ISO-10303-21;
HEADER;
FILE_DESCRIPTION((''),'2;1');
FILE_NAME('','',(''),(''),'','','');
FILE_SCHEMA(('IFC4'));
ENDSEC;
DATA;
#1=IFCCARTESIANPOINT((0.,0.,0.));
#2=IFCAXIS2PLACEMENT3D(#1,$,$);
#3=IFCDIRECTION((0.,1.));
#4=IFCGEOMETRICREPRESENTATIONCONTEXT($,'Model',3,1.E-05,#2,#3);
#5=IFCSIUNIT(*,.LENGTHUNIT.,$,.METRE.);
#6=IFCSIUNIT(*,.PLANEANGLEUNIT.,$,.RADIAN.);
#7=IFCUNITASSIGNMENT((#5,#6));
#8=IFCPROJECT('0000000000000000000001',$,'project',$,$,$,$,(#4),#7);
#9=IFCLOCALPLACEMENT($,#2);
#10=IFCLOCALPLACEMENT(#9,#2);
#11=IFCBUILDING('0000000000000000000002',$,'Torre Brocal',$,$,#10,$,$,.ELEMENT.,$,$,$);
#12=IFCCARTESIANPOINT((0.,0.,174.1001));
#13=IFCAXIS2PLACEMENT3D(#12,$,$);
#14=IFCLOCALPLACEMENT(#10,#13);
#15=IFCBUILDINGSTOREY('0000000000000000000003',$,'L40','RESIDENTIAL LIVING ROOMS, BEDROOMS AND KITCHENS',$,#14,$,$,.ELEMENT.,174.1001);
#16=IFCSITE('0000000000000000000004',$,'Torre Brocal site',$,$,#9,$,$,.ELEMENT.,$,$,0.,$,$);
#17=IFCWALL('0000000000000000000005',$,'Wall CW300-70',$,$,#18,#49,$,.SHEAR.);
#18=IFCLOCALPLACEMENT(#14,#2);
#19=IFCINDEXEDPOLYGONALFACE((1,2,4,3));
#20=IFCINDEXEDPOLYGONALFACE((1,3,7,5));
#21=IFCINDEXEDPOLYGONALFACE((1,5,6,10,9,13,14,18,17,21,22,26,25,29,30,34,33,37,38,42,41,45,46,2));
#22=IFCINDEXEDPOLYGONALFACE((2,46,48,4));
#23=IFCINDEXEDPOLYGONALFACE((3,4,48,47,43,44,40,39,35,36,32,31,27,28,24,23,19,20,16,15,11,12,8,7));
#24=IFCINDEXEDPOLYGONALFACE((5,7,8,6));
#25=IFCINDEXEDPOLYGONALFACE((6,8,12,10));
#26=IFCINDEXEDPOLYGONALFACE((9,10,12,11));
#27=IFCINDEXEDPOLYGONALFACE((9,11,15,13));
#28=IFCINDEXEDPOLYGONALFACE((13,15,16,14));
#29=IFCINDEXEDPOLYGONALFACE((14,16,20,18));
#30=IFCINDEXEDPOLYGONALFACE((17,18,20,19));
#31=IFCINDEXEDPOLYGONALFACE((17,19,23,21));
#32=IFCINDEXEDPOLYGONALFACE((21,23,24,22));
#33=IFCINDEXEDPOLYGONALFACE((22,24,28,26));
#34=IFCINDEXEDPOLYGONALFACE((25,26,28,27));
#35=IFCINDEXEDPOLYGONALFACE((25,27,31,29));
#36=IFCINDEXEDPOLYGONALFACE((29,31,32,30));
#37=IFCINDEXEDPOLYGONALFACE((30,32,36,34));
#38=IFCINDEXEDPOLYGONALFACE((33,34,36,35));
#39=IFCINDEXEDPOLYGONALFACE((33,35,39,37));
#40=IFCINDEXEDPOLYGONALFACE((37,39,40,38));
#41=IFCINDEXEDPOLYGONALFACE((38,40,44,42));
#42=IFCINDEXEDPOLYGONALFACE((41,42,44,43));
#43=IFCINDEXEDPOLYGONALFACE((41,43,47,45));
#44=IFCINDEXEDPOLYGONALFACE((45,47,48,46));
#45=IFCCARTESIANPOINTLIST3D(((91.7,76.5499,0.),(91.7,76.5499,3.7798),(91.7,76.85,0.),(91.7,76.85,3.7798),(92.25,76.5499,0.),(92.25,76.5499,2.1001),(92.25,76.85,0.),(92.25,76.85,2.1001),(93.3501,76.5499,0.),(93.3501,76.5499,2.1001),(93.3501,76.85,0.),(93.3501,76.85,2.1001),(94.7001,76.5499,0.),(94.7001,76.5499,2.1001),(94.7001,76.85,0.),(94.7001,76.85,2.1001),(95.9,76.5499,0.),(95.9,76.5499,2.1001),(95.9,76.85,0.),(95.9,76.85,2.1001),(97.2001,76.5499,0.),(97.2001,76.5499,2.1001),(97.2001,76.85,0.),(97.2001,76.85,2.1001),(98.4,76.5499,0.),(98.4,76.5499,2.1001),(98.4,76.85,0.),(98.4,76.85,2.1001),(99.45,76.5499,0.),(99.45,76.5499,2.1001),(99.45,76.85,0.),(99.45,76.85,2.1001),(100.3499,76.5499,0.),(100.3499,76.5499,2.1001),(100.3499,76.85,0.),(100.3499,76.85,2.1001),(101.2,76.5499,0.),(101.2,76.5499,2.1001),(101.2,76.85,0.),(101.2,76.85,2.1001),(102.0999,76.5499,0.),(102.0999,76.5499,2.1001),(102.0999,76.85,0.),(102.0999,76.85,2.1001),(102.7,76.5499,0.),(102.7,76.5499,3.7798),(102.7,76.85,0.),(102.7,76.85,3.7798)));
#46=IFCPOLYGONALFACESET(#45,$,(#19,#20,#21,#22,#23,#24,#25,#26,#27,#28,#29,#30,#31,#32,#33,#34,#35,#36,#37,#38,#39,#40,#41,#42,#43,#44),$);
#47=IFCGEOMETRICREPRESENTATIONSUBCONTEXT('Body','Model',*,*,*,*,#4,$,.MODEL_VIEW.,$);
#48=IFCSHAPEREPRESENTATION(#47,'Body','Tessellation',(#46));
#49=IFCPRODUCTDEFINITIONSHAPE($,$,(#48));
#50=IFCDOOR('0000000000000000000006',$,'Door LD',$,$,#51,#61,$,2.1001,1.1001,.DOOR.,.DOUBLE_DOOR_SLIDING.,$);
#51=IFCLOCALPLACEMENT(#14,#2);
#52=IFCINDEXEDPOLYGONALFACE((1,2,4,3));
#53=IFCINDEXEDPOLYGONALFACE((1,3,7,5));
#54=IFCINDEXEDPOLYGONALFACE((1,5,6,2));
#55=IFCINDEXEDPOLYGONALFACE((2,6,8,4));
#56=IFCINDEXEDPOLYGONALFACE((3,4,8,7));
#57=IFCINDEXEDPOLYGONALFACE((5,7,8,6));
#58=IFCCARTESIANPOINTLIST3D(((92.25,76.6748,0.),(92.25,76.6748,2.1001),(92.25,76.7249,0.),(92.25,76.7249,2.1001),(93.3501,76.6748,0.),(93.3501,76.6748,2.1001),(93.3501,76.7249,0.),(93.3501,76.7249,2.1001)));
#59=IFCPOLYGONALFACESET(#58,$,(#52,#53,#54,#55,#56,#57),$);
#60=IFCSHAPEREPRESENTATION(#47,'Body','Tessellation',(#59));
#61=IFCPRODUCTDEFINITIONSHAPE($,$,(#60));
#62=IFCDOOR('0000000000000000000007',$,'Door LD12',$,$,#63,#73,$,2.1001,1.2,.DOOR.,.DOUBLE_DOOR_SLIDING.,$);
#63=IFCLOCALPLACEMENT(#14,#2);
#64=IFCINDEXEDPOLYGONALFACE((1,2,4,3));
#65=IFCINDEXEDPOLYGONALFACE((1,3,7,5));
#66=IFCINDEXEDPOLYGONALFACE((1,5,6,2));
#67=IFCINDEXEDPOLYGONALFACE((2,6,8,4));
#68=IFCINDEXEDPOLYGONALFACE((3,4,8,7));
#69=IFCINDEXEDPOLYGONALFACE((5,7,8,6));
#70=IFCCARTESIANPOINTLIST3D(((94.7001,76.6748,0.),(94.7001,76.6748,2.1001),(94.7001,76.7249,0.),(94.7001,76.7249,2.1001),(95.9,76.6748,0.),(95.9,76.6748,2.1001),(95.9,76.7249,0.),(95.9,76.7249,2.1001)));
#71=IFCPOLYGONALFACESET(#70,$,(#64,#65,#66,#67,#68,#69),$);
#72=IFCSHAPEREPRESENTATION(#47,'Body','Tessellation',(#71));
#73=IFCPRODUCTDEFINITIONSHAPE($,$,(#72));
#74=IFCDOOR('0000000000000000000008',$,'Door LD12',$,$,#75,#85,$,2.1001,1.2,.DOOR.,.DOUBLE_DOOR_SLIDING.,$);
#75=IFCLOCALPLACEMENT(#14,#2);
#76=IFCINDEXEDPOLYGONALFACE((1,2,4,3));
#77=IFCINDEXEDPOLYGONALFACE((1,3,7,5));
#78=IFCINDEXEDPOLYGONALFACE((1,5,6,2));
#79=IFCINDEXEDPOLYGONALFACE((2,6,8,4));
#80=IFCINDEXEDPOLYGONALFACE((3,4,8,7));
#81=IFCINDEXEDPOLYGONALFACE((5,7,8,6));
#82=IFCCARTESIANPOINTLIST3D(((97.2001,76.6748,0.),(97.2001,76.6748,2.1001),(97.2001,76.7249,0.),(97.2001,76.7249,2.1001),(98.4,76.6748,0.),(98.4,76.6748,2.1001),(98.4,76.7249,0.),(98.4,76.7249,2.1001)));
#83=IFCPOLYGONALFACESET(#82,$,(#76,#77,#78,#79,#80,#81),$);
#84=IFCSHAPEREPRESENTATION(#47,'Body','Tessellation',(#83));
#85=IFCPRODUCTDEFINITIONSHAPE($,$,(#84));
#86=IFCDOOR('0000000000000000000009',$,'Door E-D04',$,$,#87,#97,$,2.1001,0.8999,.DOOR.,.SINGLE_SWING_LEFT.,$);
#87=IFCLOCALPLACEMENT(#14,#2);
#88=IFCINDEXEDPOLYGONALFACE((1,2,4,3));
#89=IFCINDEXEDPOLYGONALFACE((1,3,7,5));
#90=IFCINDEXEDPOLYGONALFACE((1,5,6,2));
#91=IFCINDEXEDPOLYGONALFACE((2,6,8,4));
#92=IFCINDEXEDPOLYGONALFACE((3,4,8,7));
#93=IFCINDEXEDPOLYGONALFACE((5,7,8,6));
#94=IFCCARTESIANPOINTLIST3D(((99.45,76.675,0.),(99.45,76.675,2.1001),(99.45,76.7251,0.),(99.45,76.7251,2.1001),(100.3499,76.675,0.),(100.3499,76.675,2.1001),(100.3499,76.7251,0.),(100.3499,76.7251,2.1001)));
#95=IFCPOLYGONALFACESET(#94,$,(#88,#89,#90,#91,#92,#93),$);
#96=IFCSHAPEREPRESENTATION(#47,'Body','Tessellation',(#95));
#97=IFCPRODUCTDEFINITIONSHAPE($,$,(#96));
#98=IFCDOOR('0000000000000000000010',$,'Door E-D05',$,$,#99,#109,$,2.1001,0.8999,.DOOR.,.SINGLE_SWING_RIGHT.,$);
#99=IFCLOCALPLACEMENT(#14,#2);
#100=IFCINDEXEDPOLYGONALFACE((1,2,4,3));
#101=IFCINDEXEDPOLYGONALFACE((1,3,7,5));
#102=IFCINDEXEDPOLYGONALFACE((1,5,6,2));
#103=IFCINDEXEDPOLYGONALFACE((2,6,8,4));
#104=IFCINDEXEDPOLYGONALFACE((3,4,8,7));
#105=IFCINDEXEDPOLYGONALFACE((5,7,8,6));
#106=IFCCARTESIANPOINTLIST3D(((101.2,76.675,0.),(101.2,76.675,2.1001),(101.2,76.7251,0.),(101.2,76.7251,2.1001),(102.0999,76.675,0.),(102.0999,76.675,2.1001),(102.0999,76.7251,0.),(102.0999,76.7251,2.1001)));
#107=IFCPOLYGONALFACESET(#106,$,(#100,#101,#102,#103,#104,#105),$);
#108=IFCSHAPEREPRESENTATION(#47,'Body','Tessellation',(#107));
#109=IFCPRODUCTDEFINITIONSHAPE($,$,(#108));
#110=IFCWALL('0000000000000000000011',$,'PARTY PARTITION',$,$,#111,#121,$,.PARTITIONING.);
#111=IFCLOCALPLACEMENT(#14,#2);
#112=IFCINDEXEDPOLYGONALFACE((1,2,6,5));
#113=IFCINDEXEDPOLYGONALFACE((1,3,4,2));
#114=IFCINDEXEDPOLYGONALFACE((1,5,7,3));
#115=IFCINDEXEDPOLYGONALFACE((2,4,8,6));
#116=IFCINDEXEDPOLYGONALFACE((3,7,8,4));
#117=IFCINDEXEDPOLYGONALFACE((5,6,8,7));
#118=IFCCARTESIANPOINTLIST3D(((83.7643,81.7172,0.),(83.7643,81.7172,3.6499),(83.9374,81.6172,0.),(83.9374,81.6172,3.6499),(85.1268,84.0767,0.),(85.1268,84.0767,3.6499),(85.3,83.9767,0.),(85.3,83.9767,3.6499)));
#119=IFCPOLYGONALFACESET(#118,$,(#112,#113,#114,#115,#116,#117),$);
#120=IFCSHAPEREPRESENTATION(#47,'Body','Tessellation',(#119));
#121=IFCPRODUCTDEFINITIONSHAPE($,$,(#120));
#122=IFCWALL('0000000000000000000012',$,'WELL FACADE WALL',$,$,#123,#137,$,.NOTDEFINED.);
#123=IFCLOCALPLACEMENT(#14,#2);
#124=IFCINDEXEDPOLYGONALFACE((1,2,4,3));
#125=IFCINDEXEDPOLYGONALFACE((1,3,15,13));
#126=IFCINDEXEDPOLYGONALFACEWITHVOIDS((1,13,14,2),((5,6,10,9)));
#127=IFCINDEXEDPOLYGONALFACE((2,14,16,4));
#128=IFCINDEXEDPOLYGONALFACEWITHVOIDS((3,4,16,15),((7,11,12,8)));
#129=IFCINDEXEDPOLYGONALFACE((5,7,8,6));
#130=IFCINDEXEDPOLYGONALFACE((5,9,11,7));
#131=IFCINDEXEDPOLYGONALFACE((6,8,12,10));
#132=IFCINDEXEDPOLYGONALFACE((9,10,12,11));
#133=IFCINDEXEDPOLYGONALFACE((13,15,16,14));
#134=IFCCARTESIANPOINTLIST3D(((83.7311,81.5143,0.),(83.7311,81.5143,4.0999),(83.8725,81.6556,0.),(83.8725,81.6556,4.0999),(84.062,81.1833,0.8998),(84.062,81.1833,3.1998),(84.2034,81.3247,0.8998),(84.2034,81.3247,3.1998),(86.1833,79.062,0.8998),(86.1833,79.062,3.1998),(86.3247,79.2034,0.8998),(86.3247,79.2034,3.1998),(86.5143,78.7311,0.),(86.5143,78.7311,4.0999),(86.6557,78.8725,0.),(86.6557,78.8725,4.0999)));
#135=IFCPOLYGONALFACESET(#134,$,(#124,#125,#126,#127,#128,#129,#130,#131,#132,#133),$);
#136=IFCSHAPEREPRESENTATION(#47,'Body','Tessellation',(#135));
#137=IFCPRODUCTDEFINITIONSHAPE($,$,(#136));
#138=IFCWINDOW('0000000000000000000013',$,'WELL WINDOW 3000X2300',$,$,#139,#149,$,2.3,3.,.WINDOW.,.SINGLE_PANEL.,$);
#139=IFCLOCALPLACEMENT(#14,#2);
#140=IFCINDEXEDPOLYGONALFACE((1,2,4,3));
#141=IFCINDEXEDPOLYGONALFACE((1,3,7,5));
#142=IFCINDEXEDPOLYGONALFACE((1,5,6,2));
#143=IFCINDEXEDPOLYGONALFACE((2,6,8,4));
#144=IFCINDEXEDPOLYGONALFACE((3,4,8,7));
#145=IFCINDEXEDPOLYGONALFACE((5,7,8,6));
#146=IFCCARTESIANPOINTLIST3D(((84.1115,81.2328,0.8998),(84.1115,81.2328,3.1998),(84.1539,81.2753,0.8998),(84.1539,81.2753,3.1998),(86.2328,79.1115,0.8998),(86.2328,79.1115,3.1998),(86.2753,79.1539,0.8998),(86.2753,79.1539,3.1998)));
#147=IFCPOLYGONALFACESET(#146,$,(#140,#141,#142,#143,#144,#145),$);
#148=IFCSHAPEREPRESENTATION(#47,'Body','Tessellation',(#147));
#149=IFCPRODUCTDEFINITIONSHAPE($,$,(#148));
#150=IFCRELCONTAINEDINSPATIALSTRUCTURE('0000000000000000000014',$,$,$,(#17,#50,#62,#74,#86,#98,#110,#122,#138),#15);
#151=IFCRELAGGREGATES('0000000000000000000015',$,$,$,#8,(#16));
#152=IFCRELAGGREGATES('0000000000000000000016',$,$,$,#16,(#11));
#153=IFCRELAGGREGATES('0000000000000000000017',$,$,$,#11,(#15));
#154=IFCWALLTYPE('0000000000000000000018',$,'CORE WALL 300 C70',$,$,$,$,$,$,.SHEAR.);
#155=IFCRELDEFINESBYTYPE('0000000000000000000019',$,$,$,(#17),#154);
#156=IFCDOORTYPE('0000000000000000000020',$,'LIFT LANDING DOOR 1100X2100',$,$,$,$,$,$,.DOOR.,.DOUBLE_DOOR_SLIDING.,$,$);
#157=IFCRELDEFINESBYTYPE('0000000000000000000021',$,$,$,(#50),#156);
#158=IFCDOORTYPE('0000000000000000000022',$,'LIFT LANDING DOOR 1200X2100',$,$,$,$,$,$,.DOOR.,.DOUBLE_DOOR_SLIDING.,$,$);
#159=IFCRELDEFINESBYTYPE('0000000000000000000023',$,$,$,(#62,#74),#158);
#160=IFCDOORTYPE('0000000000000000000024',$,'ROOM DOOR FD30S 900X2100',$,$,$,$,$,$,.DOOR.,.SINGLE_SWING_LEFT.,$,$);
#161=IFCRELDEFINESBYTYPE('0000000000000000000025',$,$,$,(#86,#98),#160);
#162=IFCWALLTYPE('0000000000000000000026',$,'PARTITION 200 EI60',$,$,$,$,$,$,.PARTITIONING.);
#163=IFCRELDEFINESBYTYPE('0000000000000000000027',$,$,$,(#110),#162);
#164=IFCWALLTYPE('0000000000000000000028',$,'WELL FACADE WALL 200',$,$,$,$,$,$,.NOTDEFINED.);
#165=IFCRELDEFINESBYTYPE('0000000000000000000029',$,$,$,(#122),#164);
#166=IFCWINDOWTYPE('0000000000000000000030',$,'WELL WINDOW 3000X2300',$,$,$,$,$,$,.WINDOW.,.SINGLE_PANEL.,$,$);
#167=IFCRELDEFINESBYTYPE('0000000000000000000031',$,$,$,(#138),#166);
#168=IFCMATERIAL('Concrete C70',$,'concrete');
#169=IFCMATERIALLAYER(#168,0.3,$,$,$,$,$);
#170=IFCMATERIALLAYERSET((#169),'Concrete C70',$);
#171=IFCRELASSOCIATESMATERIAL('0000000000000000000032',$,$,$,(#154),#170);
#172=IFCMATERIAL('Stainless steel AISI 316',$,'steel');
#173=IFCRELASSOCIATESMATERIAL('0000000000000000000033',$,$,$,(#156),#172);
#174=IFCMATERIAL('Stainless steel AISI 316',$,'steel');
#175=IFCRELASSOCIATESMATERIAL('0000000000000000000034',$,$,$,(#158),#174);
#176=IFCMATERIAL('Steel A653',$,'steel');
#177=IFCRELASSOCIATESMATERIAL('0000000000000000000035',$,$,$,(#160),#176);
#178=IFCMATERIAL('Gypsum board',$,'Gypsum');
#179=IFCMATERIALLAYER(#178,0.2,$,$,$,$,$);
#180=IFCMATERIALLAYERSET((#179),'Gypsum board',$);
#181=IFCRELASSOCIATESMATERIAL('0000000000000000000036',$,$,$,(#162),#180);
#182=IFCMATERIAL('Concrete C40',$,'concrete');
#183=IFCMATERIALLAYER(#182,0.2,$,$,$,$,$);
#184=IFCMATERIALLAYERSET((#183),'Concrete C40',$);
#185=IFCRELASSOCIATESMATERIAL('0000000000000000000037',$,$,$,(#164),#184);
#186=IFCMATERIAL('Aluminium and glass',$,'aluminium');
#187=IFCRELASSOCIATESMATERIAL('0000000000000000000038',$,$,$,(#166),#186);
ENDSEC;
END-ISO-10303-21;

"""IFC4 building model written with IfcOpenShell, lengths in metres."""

from ifc_helpers import new_model, si_unit, direction, frame, frame_2d, origin, place, context, subcontext, project, spatial, rectangle, extrude, material, layer, layer_set, type_object, element, fill, save


model = new_model("IFC4")

# Units and contexts
model_context = context("Model", 3, precision=1e-05, world=origin(), true_north=direction((0.0, 1.0)))
body_context = subcontext(model_context, "Body", "Model", "MODEL_VIEW")
ifc_project = project(units=[si_unit("LENGTHUNIT", "METRE"), si_unit("PLANEANGLEUNIT", "RADIAN")], contexts=[model_context])

# Site, building, storey
site_placement = place(None, origin())
site = spatial("IfcSite", under=ifc_project, at=site_placement, Name="Torre Brocal site", CompositionType="ELEMENT", RefElevation=0.0)
building_placement = place(site_placement, origin())
building = spatial("IfcBuilding", under=site, at=building_placement, Name="Torre Brocal", CompositionType="ELEMENT")
storey_placement = place(building_placement, frame((0.0, 0.0, 174.1001)))
storey = spatial("IfcBuildingStorey", under=building, at=storey_placement, Name="L40", Description="RESIDENTIAL LIVING ROOMS, BEDROOMS AND KITCHENS", CompositionType="ELEMENT", Elevation=174.1001)

# Shared definitions
ifc_material_1 = material(Name="Concrete C70", Category="concrete")
ifc_layer_1 = layer(ifc_material_1, 0.3)
ifc_layer_set_1 = layer_set([ifc_layer_1], Name="Concrete C70")
wall_type_1 = type_object("IfcWallType", Name="CORE WALL 300 C70", PredefinedType="SHEAR", material=ifc_layer_set_1)

# Wall, openings, doors
wall_1_placement = place(storey_placement, frame((91.7, 76.7, 0.0), z_axis=(0.0, 0.0, 1.0), x_axis=(1.0, 0.0, 0.0)))
wall_1 = element("IfcWall", 1, at=wall_1_placement, inside=storey, type_object=wall_type_1, Name="Wall CW300-70", PredefinedType="SHEAR", context=body_context, shape_type="SweptSolid", body=[
    extrude(rectangle(XDim=11.0, YDim=0.3, at=frame_2d((5.5, 0.0))), origin(), (0.0, 0.0, 1.0), 3.7798),
])
opening_1_placement = place(wall_1_placement, frame((0.55, 0.0, 0.0)))
opening_1 = element("IfcOpeningElement", 2, at=opening_1_placement, cuts=wall_1, PredefinedType="OPENING", context=body_context, shape_type="SweptSolid", body=[
    extrude(rectangle(XDim=1.1001, YDim=2.1001, at=frame_2d((0.55, 1.05))), frame((0.0, 0.1599, 0.0), z_axis=(0.0, -1.0, 0.0), x_axis=(1.0, 0.0, 0.0)), (0.0, 0.0, 1.0), 0.3201),
])
opening_2_placement = place(wall_1_placement, frame((3.0, 0.0, 0.0)))
opening_2 = element("IfcOpeningElement", 3, at=opening_2_placement, cuts=wall_1, PredefinedType="OPENING", context=body_context, shape_type="SweptSolid", body=[
    extrude(rectangle(XDim=1.2, YDim=2.1001, at=frame_2d((0.6001, 1.05))), frame((0.0, 0.1599, 0.0), z_axis=(0.0, -1.0, 0.0), x_axis=(1.0, 0.0, 0.0)), (0.0, 0.0, 1.0), 0.3201),
])
opening_3_placement = place(wall_1_placement, frame((5.5, 0.0, 0.0)))
opening_3 = element("IfcOpeningElement", 4, at=opening_3_placement, cuts=wall_1, PredefinedType="OPENING", context=body_context, shape_type="SweptSolid", body=[
    extrude(rectangle(XDim=1.2, YDim=2.1001, at=frame_2d((0.6001, 1.05))), frame((0.0, 0.1599, 0.0), z_axis=(0.0, -1.0, 0.0), x_axis=(1.0, 0.0, 0.0)), (0.0, 0.0, 1.0), 0.3201),
])
opening_4_placement = place(wall_1_placement, frame((7.75, 0.0, 0.0)))
opening_4 = element("IfcOpeningElement", 5, at=opening_4_placement, cuts=wall_1, PredefinedType="OPENING", context=body_context, shape_type="SweptSolid", body=[
    extrude(rectangle(XDim=0.8999, YDim=2.1001, at=frame_2d((0.45, 1.05))), frame((0.0, 0.1599, 0.0), z_axis=(0.0, -1.0, 0.0), x_axis=(1.0, 0.0, 0.0)), (0.0, 0.0, 1.0), 0.3201),
])
opening_5_placement = place(wall_1_placement, frame((9.5, 0.0, 0.0)))
opening_5 = element("IfcOpeningElement", 6, at=opening_5_placement, cuts=wall_1, PredefinedType="OPENING", context=body_context, shape_type="SweptSolid", body=[
    extrude(rectangle(XDim=0.8999, YDim=2.1001, at=frame_2d((0.45, 1.05))), frame((0.0, 0.1599, 0.0), z_axis=(0.0, -1.0, 0.0), x_axis=(1.0, 0.0, 0.0)), (0.0, 0.0, 1.0), 0.3201),
])
ifc_material_2 = material(Name="Stainless steel AISI 316", Category="steel")
door_type_1 = type_object("IfcDoorType", Name="LIFT LANDING DOOR 1100X2100", OperationType="DOUBLE_DOOR_SLIDING", PredefinedType="DOOR", material=ifc_material_2)
door_1_placement = place(opening_1_placement, origin())
door_1 = element("IfcDoor", 7, at=door_1_placement, inside=storey, type_object=door_type_1, Name="Door LD", OperationType="DOUBLE_DOOR_SLIDING", OverallHeight=2.1001, OverallWidth=1.1001, PredefinedType="DOOR", context=body_context, shape_type="SweptSolid", body=[
    extrude(rectangle(XDim=1.1001, YDim=2.1001, at=frame_2d((0.55, 1.05))), frame((0.0, 0.0249, 0.0), z_axis=(0.0, -1.0, 0.0), x_axis=(1.0, 0.0, 0.0)), (0.0, 0.0, 1.0), 0.05),
])
fill(opening_1, door_1)
ifc_material_3 = material(Name="Stainless steel AISI 316", Category="steel")
door_type_2 = type_object("IfcDoorType", Name="LIFT LANDING DOOR 1200X2100", OperationType="DOUBLE_DOOR_SLIDING", PredefinedType="DOOR", material=ifc_material_3)
door_2_placement = place(opening_2_placement, origin())
door_2 = element("IfcDoor", 8, at=door_2_placement, inside=storey, type_object=door_type_2, Name="Door LD12", OperationType="DOUBLE_DOOR_SLIDING", OverallHeight=2.1001, OverallWidth=1.2, PredefinedType="DOOR", context=body_context, shape_type="SweptSolid", body=[
    extrude(rectangle(XDim=1.2, YDim=2.1001, at=frame_2d((0.6001, 1.05))), frame((0.0, 0.0249, 0.0), z_axis=(0.0, -1.0, 0.0), x_axis=(1.0, 0.0, 0.0)), (0.0, 0.0, 1.0), 0.05),
])
fill(opening_2, door_2)
door_3_placement = place(opening_3_placement, origin())
door_3 = element("IfcDoor", 9, at=door_3_placement, inside=storey, type_object=door_type_2, Name="Door LD12", OperationType="DOUBLE_DOOR_SLIDING", OverallHeight=2.1001, OverallWidth=1.2, PredefinedType="DOOR", context=body_context, shape_type="SweptSolid", body=[
    extrude(rectangle(XDim=1.2, YDim=2.1001, at=frame_2d((0.6001, 1.05))), frame((0.0, 0.0249, 0.0), z_axis=(0.0, -1.0, 0.0), x_axis=(1.0, 0.0, 0.0)), (0.0, 0.0, 1.0), 0.05),
])
fill(opening_3, door_3)
ifc_material_4 = material(Name="Steel A653", Category="steel")
door_type_3 = type_object("IfcDoorType", Name="ROOM DOOR FD30S 900X2100", OperationType="SINGLE_SWING_LEFT", PredefinedType="DOOR", material=ifc_material_4)
door_4_placement = place(opening_4_placement, frame((0.8999, 0.0, 0.0), z_axis=(0.0, 0.0, 1.0), x_axis=(-1.0, 0.0, 0.0)))
door_4 = element("IfcDoor", 10, at=door_4_placement, inside=storey, type_object=door_type_3, Name="Door E-D04", OperationType="SINGLE_SWING_LEFT", OverallHeight=2.1001, OverallWidth=0.8999, PredefinedType="DOOR", context=body_context, shape_type="SweptSolid", body=[
    extrude(rectangle(XDim=0.8999, YDim=2.1001, at=frame_2d((0.45, 1.05))), frame((0.0, 0.0249, 0.0), z_axis=(0.0, -1.0, 0.0), x_axis=(1.0, 0.0, 0.0)), (0.0, 0.0, 1.0), 0.05),
])
fill(opening_4, door_4)
door_5_placement = place(opening_5_placement, frame((0.8999, 0.0, 0.0), z_axis=(0.0, 0.0, 1.0), x_axis=(-1.0, 0.0, 0.0)))
door_5 = element("IfcDoor", 11, at=door_5_placement, inside=storey, type_object=door_type_3, Name="Door E-D05", OperationType="SINGLE_SWING_RIGHT", OverallHeight=2.1001, OverallWidth=0.8999, PredefinedType="DOOR", context=body_context, shape_type="SweptSolid", body=[
    extrude(rectangle(XDim=0.8999, YDim=2.1001, at=frame_2d((0.45, 1.05))), frame((0.0, 0.0249, 0.0), z_axis=(0.0, -1.0, 0.0), x_axis=(1.0, 0.0, 0.0)), (0.0, 0.0, 1.0), 0.05),
])
fill(opening_5, door_5)

# Wall
ifc_material_5 = material(Name="Gypsum board", Category="Gypsum")
ifc_layer_2 = layer(ifc_material_5, 0.2)
ifc_layer_set_2 = layer_set([ifc_layer_2], Name="Gypsum board")
wall_type_2 = type_object("IfcWallType", Name="PARTITION 200 EI60", PredefinedType="PARTITIONING", material=ifc_layer_set_2)
wall_2_placement = place(storey_placement, frame((83.8508, 81.6672, 0.0), z_axis=(0.0, 0.0, 1.0), x_axis=(0.5001, 0.865968, 0.0)))
element("IfcWall", 12, at=wall_2_placement, inside=storey, type_object=wall_type_2, Name="PARTY PARTITION", PredefinedType="PARTITIONING", context=body_context, shape_type="SweptSolid", body=[
    extrude(rectangle(XDim=2.7246, YDim=0.2, at=frame_2d((1.3623, 0.0))), origin(), (0.0, 0.0, 1.0), 3.6499),
])

# Wall, opening, window
ifc_material_6 = material(Name="Concrete C40", Category="concrete")
ifc_layer_3 = layer(ifc_material_6, 0.2)
ifc_layer_set_3 = layer_set([ifc_layer_3], Name="Concrete C40")
wall_type_3 = type_object("IfcWallType", Name="WELL FACADE WALL 200", PredefinedType="NOTDEFINED", material=ifc_layer_set_3)
wall_3_placement = place(storey_placement, frame((86.585, 78.8018, 0.0), z_axis=(0.0, 0.0, 1.0), x_axis=(-0.707107, 0.707107, 0.0)))
wall_3 = element("IfcWall", 13, at=wall_3_placement, inside=storey, type_object=wall_type_3, Name="WELL FACADE WALL", PredefinedType="NOTDEFINED", context=body_context, shape_type="SweptSolid", body=[
    extrude(rectangle(XDim=3.936, YDim=0.2, at=frame_2d((1.968, 0.0))), origin(), (0.0, 0.0, 1.0), 4.0999),
])
opening_6_placement = place(wall_3_placement, frame((0.468, 0.0, 0.8999)))
opening_6 = element("IfcOpeningElement", 14, at=opening_6_placement, cuts=wall_3, PredefinedType="OPENING", context=body_context, shape_type="SweptSolid", body=[
    extrude(rectangle(XDim=3.0, YDim=2.3, at=frame_2d((1.5, 1.1499))), frame((0.0, 0.1099, 0.0), z_axis=(0.0, -1.0, 0.0), x_axis=(1.0, 0.0, 0.0)), (0.0, 0.0, 1.0), 0.22),
])
ifc_material_7 = material(Name="Aluminium and glass", Category="aluminium")
window_type = type_object("IfcWindowType", Name="WELL WINDOW 3000X2300", PartitioningType="SINGLE_PANEL", PredefinedType="WINDOW", material=ifc_material_7)
window_1_placement = place(opening_6_placement, origin())
window_1 = element("IfcWindow", 15, at=window_1_placement, inside=storey, type_object=window_type, Name="WELL WINDOW 3000X2300", OverallHeight=2.3, OverallWidth=3.0, PartitioningType="SINGLE_PANEL", PredefinedType="WINDOW", context=body_context, shape_type="SweptSolid", body=[
    extrude(rectangle(XDim=3.0, YDim=2.3, at=frame_2d((1.5, 1.1499))), frame((0.0, 0.03, 0.0), z_axis=(0.0, -1.0, 0.0), x_axis=(1.0, 0.0, 0.0)), (0.0, 0.0, 1.0), 0.0601),
])
fill(opening_6, window_1)

save(model, "model.ifc")
